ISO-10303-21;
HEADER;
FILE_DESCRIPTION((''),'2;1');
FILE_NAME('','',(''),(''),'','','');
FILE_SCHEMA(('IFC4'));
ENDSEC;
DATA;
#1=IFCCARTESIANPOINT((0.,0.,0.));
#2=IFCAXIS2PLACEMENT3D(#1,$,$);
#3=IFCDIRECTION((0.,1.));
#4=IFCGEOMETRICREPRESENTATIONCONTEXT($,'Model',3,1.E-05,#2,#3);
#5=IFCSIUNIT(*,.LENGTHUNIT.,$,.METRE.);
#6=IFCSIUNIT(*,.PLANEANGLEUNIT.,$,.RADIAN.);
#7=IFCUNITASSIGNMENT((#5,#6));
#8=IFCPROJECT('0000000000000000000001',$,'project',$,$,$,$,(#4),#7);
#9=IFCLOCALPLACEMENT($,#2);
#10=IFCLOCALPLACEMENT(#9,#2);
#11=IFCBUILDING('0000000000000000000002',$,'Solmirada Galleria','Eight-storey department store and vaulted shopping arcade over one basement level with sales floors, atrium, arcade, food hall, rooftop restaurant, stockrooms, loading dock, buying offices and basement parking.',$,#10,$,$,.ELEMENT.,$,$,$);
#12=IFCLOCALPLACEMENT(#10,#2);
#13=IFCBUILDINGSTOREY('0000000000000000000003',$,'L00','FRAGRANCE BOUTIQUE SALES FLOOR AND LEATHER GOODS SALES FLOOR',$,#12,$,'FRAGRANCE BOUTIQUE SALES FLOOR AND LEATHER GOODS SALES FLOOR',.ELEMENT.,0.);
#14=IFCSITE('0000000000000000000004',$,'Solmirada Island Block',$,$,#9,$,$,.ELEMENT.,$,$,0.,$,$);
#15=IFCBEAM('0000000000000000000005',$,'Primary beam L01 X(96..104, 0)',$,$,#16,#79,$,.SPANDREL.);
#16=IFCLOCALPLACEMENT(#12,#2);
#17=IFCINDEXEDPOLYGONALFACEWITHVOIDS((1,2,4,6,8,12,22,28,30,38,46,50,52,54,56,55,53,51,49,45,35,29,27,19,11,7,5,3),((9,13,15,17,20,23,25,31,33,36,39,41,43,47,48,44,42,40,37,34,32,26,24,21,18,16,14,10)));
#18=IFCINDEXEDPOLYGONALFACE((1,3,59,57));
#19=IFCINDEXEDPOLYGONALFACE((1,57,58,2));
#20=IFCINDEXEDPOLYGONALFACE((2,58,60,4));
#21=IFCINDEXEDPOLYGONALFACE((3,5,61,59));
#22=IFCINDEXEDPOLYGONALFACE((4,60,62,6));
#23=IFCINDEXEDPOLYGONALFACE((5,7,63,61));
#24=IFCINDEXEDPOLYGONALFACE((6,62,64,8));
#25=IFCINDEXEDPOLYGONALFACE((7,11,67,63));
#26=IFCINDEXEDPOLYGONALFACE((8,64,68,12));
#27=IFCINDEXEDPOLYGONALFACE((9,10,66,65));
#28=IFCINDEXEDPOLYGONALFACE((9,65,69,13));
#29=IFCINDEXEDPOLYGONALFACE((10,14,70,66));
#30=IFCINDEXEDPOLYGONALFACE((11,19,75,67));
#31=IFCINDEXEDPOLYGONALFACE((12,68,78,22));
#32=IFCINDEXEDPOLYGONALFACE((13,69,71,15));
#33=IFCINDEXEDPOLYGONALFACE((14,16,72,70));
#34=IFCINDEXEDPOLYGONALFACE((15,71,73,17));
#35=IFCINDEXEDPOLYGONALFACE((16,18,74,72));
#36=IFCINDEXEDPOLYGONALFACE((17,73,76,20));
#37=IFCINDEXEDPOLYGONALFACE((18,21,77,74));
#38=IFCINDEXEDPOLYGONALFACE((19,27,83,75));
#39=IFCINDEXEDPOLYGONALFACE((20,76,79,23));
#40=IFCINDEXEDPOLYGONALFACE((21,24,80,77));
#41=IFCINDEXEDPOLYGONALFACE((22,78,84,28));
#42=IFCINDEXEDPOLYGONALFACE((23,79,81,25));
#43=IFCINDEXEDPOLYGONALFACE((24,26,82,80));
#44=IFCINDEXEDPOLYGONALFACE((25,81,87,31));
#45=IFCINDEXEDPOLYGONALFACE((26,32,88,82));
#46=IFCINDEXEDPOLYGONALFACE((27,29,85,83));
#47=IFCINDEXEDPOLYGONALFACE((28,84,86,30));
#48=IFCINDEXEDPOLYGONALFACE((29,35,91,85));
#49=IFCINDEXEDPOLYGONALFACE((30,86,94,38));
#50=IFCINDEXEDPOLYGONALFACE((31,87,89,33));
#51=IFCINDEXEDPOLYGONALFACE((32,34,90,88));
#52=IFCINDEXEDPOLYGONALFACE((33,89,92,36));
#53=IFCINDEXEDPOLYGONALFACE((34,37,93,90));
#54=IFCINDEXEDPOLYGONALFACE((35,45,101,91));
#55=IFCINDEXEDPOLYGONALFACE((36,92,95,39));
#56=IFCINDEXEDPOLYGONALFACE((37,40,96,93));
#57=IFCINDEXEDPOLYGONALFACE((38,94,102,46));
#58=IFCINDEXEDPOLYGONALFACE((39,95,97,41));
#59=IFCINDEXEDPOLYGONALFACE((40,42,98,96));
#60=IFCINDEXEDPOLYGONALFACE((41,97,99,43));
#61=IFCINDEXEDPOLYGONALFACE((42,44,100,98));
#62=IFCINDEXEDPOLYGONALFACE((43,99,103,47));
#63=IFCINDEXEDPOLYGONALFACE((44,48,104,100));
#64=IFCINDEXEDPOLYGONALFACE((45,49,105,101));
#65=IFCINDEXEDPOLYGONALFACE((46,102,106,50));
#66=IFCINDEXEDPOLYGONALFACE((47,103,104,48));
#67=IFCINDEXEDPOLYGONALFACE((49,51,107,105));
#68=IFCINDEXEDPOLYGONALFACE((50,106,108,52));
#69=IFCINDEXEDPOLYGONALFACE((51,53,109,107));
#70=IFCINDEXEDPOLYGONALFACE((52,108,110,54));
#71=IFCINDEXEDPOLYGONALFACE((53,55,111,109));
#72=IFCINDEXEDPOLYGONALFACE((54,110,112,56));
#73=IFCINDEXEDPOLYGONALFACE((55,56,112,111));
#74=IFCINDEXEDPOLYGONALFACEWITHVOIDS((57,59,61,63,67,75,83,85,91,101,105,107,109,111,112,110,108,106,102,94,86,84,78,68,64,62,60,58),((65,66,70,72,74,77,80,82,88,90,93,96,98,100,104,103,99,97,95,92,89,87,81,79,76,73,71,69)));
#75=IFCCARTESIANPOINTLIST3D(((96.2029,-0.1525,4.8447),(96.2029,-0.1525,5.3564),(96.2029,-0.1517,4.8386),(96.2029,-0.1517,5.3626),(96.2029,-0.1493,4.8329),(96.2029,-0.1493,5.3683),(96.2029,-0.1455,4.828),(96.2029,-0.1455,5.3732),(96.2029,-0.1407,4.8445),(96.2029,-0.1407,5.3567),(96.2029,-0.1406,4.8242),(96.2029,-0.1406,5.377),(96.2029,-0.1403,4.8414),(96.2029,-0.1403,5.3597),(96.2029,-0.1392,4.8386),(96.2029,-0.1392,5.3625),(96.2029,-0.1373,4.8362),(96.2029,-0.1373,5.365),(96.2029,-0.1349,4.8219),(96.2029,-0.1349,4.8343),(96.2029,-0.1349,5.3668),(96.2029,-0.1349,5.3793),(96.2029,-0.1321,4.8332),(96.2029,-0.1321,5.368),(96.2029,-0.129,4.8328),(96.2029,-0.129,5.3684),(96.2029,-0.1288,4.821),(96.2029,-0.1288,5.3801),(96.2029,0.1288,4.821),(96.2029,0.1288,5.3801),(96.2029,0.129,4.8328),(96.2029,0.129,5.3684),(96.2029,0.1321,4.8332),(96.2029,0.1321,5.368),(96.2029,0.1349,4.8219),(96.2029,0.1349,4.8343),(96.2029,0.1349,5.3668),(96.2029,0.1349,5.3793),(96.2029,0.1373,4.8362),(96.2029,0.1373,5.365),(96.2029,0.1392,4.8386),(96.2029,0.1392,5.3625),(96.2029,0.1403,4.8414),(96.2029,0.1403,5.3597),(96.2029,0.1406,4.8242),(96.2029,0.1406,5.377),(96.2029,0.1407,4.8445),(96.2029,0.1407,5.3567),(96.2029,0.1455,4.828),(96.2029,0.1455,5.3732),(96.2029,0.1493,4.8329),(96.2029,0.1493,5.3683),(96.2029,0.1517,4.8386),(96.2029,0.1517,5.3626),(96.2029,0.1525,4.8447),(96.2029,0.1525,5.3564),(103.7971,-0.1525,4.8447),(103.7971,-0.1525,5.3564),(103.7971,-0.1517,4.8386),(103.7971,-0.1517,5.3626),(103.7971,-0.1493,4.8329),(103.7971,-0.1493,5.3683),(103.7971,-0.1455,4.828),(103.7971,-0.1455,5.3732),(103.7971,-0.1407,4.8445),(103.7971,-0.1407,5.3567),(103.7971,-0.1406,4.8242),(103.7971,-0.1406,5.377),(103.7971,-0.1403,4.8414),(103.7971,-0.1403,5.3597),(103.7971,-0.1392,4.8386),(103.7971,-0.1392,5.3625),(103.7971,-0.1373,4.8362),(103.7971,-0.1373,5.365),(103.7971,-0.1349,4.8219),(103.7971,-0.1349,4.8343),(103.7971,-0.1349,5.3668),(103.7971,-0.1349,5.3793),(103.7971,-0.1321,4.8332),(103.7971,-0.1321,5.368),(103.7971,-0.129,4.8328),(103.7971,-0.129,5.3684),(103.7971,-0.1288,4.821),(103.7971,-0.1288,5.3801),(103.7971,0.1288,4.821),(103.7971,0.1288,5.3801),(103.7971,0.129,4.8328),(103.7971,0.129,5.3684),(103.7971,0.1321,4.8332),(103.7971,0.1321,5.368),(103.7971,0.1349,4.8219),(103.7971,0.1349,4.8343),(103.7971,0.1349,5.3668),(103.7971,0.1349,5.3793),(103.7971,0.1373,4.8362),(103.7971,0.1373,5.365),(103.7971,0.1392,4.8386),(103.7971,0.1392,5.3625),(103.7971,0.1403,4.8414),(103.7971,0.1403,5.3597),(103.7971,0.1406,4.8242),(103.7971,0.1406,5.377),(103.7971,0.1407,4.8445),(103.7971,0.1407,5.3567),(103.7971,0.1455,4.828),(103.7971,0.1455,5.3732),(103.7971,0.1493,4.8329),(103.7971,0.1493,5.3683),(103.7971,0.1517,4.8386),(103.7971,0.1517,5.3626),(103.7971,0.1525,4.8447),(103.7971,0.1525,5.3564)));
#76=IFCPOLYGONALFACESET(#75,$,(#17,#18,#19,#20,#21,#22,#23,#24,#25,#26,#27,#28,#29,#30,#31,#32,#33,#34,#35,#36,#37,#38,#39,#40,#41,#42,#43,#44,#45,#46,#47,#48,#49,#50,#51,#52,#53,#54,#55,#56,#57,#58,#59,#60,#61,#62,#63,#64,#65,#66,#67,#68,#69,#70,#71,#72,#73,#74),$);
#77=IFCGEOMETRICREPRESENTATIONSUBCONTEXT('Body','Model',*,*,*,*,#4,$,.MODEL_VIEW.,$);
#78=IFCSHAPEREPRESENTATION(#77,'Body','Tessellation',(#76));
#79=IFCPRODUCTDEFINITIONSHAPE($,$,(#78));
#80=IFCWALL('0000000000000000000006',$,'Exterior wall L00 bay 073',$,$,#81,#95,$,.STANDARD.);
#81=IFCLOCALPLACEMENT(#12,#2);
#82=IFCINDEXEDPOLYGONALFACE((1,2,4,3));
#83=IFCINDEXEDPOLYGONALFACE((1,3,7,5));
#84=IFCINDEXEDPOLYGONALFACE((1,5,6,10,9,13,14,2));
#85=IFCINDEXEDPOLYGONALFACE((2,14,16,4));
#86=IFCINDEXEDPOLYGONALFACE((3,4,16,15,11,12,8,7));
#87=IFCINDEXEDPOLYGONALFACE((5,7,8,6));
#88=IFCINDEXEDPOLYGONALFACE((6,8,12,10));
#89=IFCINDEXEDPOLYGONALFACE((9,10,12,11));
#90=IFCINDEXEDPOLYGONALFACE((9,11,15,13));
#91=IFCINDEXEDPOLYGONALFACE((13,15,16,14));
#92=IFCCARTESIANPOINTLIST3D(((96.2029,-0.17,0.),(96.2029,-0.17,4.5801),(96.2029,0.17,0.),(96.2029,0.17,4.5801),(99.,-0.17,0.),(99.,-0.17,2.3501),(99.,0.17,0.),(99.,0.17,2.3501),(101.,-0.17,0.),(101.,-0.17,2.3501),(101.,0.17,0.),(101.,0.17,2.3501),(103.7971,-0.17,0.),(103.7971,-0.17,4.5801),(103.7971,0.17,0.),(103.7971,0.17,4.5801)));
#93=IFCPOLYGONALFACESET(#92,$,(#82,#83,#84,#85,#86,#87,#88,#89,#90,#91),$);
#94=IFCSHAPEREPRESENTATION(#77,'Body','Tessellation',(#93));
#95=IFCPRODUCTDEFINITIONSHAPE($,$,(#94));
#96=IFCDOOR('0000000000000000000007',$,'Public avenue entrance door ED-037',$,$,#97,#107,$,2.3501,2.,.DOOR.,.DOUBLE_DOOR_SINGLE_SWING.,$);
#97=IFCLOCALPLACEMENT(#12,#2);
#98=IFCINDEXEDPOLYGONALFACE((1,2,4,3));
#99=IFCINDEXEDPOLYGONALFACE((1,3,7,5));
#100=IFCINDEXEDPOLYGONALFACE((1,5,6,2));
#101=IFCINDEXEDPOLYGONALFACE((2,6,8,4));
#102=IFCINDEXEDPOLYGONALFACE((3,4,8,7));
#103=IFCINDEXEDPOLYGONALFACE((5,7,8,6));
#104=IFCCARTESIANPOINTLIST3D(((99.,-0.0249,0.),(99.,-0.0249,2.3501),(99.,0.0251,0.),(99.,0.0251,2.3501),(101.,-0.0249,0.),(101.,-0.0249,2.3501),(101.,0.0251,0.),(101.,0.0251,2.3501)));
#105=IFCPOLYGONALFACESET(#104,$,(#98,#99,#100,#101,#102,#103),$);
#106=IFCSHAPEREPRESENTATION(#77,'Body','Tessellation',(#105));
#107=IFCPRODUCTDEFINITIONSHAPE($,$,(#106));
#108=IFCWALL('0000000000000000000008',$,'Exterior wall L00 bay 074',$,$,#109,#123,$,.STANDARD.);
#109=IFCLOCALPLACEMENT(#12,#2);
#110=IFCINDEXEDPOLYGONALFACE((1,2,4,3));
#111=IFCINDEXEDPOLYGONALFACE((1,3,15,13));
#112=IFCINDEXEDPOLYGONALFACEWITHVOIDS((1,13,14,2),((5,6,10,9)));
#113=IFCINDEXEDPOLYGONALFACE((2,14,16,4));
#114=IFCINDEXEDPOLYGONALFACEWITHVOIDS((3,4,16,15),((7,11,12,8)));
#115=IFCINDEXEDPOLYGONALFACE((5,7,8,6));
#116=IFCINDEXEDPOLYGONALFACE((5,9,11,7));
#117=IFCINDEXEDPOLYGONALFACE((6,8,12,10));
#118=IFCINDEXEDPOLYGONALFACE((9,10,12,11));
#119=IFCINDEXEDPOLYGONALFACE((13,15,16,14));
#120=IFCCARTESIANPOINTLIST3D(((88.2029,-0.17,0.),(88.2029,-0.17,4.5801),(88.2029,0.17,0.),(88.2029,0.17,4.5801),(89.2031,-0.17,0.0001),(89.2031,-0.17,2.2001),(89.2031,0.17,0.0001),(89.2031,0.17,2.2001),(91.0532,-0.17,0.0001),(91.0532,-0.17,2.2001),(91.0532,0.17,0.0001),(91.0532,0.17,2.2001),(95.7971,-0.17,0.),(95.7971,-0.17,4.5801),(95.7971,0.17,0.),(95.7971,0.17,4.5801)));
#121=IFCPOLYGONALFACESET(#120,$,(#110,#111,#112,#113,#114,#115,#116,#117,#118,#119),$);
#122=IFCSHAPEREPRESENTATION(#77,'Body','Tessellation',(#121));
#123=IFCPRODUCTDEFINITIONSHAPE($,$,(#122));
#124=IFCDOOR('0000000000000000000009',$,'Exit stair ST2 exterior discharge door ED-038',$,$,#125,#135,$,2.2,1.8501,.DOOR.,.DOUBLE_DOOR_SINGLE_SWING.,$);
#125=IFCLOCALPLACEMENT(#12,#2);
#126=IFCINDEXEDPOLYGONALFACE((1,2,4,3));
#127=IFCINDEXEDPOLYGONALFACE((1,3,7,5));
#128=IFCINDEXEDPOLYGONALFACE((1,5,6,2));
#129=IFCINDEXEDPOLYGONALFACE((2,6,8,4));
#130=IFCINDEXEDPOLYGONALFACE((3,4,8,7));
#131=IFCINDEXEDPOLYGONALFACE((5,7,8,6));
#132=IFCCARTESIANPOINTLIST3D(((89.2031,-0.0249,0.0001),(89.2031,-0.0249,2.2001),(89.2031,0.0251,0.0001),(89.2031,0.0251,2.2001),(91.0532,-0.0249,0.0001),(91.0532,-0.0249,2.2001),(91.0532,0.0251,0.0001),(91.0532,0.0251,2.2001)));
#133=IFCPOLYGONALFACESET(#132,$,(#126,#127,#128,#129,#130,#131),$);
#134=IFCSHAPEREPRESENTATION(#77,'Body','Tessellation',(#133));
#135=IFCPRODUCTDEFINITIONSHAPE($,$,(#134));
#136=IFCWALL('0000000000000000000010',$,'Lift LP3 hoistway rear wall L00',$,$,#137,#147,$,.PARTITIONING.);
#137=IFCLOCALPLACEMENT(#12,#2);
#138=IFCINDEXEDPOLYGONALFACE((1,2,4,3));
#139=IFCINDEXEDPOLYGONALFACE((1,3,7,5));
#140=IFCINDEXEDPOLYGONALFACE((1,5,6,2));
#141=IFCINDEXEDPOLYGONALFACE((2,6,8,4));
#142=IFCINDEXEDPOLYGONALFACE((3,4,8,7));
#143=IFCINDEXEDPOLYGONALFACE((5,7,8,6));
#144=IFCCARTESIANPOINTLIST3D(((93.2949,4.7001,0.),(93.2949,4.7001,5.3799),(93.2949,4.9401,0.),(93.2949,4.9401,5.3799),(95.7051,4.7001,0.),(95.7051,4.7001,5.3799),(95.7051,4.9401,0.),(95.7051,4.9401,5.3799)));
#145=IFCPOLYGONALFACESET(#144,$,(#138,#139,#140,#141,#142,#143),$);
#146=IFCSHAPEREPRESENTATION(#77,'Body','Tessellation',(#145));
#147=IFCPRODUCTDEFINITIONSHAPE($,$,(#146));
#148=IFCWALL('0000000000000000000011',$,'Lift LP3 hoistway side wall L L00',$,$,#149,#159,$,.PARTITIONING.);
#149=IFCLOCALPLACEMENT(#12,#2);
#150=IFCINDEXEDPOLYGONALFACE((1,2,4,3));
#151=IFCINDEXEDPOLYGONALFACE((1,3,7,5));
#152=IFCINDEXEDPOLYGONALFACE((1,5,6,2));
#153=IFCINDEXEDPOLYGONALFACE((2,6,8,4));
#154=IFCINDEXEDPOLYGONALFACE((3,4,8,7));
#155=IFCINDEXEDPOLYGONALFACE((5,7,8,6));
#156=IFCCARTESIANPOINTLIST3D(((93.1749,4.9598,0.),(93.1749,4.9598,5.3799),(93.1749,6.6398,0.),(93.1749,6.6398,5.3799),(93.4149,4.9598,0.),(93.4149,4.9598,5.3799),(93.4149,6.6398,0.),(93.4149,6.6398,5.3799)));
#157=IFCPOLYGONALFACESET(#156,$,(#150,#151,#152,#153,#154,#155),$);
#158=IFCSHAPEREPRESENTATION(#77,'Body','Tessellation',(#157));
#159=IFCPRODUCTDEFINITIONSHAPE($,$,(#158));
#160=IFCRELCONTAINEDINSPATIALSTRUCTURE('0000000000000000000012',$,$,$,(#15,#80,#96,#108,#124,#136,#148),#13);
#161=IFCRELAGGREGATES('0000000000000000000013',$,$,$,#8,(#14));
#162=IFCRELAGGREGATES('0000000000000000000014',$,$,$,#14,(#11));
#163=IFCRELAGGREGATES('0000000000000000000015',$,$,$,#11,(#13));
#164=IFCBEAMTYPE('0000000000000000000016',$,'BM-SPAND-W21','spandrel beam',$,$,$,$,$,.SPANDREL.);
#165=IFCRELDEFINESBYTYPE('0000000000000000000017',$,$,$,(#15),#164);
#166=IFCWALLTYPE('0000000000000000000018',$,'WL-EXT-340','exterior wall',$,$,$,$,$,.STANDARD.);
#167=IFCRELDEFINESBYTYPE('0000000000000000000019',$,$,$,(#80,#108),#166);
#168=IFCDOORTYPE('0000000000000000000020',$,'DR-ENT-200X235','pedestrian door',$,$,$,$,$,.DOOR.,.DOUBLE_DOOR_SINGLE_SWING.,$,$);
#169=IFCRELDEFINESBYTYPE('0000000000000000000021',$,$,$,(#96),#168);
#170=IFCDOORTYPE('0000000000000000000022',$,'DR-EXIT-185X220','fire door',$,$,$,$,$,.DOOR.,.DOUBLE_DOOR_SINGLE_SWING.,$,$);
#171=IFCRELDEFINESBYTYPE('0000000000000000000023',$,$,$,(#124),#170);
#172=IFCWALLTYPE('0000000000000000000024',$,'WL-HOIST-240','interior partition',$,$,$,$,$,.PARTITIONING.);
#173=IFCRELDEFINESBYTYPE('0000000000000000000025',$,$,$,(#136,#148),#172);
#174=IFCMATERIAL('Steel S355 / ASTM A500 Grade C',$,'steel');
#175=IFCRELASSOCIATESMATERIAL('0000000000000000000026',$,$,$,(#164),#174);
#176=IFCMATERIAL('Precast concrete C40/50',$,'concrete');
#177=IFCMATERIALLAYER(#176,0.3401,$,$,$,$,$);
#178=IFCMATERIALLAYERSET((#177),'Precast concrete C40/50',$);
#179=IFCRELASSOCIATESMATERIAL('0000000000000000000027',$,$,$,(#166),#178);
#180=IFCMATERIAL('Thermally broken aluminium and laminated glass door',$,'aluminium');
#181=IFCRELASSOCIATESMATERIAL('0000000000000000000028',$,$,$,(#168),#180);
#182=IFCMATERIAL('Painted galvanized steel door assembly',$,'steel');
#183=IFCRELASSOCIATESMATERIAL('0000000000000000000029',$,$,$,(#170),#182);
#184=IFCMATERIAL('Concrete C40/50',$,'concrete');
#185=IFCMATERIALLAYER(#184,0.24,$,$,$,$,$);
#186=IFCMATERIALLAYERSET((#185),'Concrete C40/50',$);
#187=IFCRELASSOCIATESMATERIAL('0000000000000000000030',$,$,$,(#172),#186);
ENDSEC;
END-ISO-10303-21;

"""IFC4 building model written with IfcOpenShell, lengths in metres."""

from ifc_helpers import new_model, si_unit, direction, frame, frame_2d, origin, origin_2d, place, context, subcontext, project, spatial, rectangle, hollow_rectangle, extrude, material, layer, layer_set, material_profile, profile_set, type_object, element, fill, save


model = new_model("IFC4")

# Units and contexts
model_context = context("Model", 3, precision=1e-05, world=origin(), true_north=direction((0.0, 1.0)))
body_context = subcontext(model_context, "Body", "Model", "MODEL_VIEW")
ifc_project = project(units=[si_unit("LENGTHUNIT", "METRE"), si_unit("PLANEANGLEUNIT", "RADIAN")], contexts=[model_context])

# Site, building, storey
site_placement = place(None, origin())
site = spatial("IfcSite", under=ifc_project, at=site_placement, Name="Solmirada Island Block", CompositionType="ELEMENT", RefElevation=0.0)
building_placement = place(site_placement, origin())
building = spatial("IfcBuilding", under=site, at=building_placement, Name="Solmirada Galleria", Description="Eight-storey department store and vaulted shopping arcade over one basement level with sales floors, atrium, arcade, food hall, rooftop restaurant, stockrooms, loading dock, buying offices and basement parking.", CompositionType="ELEMENT")
storey_placement = place(building_placement, origin())
storey = spatial("IfcBuildingStorey", under=building, at=storey_placement, Name="L00", Description="FRAGRANCE BOUTIQUE SALES FLOOR AND LEATHER GOODS SALES FLOOR", LongName="FRAGRANCE BOUTIQUE SALES FLOOR AND LEATHER GOODS SALES FLOOR", CompositionType="ELEMENT", Elevation=0.0)

# Shared definitions
ifc_material_1 = material(Name="Steel S355 / ASTM A500 Grade C", Category="steel")
ifc_material_2 = material(Name="Concrete C40/50", Category="concrete")

# Beam
ifc_material_profile_1 = material_profile(ifc_material_1, hollow_rectangle(XDim=0.3049, YDim=0.5591, WallThickness=0.0117, InnerFilletRadius=0.0117, OuterFilletRadius=0.0237, at=origin_2d()), Name="HSS22X12X1/2")
ifc_profile_set_1 = profile_set([ifc_material_profile_1], Name="Steel S355 / ASTM A500 Grade C")
beam_type_1 = type_object("IfcBeamType", Name="BM-SPAND-W21", Description="spandrel beam", PredefinedType="SPANDREL", material=ifc_profile_set_1)
beam_1_placement = place(storey_placement, frame((96.2029, 0.0, 5.1006), z_axis=(1.0, 0.0, 0.0), x_axis=(0.0, 1.0, 0.0)))
element("IfcBeam", 1, at=beam_1_placement, inside=storey, type_object=beam_type_1, Name="Primary beam L01 X(96..104, 0)", PredefinedType="SPANDREL", context=body_context, shape_type="SweptSolid", body=[
    extrude(hollow_rectangle(XDim=0.3049, YDim=0.5591, WallThickness=0.0117, InnerFilletRadius=0.0117, OuterFilletRadius=0.0237, at=origin_2d()), origin(), (0.0, 0.0, 1.0), 7.5942),
])

# Walls, openings, doors
ifc_material_3 = material(Name="Precast concrete C40/50", Category="concrete")
ifc_layer_1 = layer(ifc_material_3, 0.3401)
ifc_layer_set_1 = layer_set([ifc_layer_1], Name="Precast concrete C40/50")
wall_type_1 = type_object("IfcWallType", Name="WL-EXT-340", Description="exterior wall", PredefinedType="STANDARD", material=ifc_layer_set_1)
wall_1_placement = place(storey_placement, frame((103.7971, 0.0, 0.0), z_axis=(0.0, 0.0, 1.0), x_axis=(-1.0, 0.0, 0.0)))
wall_1 = element("IfcWall", 2, at=wall_1_placement, inside=storey, type_object=wall_type_1, Name="Exterior wall L00 bay 073", PredefinedType="STANDARD", context=body_context, shape_type="SweptSolid", body=[
    extrude(rectangle(XDim=7.5942, YDim=0.3401, at=frame_2d((3.7971, 0.0))), origin(), (0.0, 0.0, 1.0), 4.5801),
])
opening_1_placement = place(wall_1_placement, frame((2.7971, 0.0, 0.0)))
opening_1 = element("IfcOpeningElement", 3, at=opening_1_placement, cuts=wall_1, PredefinedType="OPENING", context=body_context, shape_type="SweptSolid", body=[
    extrude(rectangle(XDim=2.0, YDim=2.3501, at=frame_2d((1.0, 1.175))), frame((0.0, 0.1799, 0.0), z_axis=(0.0, -1.0, 0.0), x_axis=(1.0, 0.0, 0.0)), (0.0, 0.0, 1.0), 0.3601),
])
ifc_material_4 = material(Name="Thermally broken aluminium and laminated glass door", Category="aluminium")
door_type_1 = type_object("IfcDoorType", Name="DR-ENT-200X235", Description="pedestrian door", OperationType="DOUBLE_DOOR_SINGLE_SWING", PredefinedType="DOOR", material=ifc_material_4)
door_1_placement = place(opening_1_placement, origin())
door_1 = element("IfcDoor", 4, at=door_1_placement, inside=storey, type_object=door_type_1, Name="Public avenue entrance door ED-037", OperationType="DOUBLE_DOOR_SINGLE_SWING", OverallHeight=2.3501, OverallWidth=2.0, PredefinedType="DOOR", context=body_context, shape_type="SweptSolid", body=[
    extrude(rectangle(XDim=2.0, YDim=2.3501, at=frame_2d((1.0, 1.175))), frame((0.0, 0.0249, 0.0), z_axis=(0.0, -1.0, 0.0), x_axis=(1.0, 0.0, 0.0)), (0.0, 0.0, 1.0), 0.05),
])
fill(opening_1, door_1)
wall_2_placement = place(storey_placement, frame((95.7971, 0.0, 0.0), z_axis=(0.0, 0.0, 1.0), x_axis=(-1.0, 0.0, 0.0)))
wall_2 = element("IfcWall", 5, at=wall_2_placement, inside=storey, type_object=wall_type_1, Name="Exterior wall L00 bay 074", PredefinedType="STANDARD", context=body_context, shape_type="SweptSolid", body=[
    extrude(rectangle(XDim=7.5942, YDim=0.3401, at=frame_2d((3.7971, 0.0))), origin(), (0.0, 0.0, 1.0), 4.5801),
])
opening_2_placement = place(wall_2_placement, frame((4.7439, 0.0, 0.0)))
opening_2 = element("IfcOpeningElement", 6, at=opening_2_placement, cuts=wall_2, PredefinedType="OPENING", context=body_context, shape_type="SweptSolid", body=[
    extrude(rectangle(XDim=1.8501, YDim=2.2, at=frame_2d((0.925, 1.1001))), frame((0.0, 0.1799, 0.0), z_axis=(0.0, -1.0, 0.0), x_axis=(1.0, 0.0, 0.0)), (0.0, 0.0, 1.0), 0.3601),
])
ifc_material_5 = material(Name="Painted galvanized steel door assembly", Category="steel")
door_type_2 = type_object("IfcDoorType", Name="DR-EXIT-185X220", Description="fire door", OperationType="DOUBLE_DOOR_SINGLE_SWING", PredefinedType="DOOR", material=ifc_material_5)
door_2_placement = place(opening_2_placement, origin())
door_2 = element("IfcDoor", 7, at=door_2_placement, inside=storey, type_object=door_type_2, Name="Exit stair ST2 exterior discharge door ED-038", OperationType="DOUBLE_DOOR_SINGLE_SWING", OverallHeight=2.2, OverallWidth=1.8501, PredefinedType="DOOR", context=body_context, shape_type="SweptSolid", body=[
    extrude(rectangle(XDim=1.8501, YDim=2.2, at=frame_2d((0.925, 1.1001))), frame((0.0, 0.0249, 0.0), z_axis=(0.0, -1.0, 0.0), x_axis=(1.0, 0.0, 0.0)), (0.0, 0.0, 1.0), 0.05),
])
fill(opening_2, door_2)
ifc_layer_2 = layer(ifc_material_2, 0.24)
ifc_layer_set_2 = layer_set([ifc_layer_2], Name="Concrete C40/50")
wall_type_2 = type_object("IfcWallType", Name="WL-HOIST-240", Description="interior partition", PredefinedType="PARTITIONING", material=ifc_layer_set_2)

# Walls
wall_3_placement = place(storey_placement, frame((93.2949, 4.8201, 0.0), z_axis=(0.0, 0.0, 1.0), x_axis=(1.0, 0.0, 0.0)))
element("IfcWall", 8, at=wall_3_placement, inside=storey, type_object=wall_type_2, Name="Lift LP3 hoistway rear wall L00", PredefinedType="PARTITIONING", context=body_context, shape_type="SweptSolid", body=[
    extrude(rectangle(XDim=2.4102, YDim=0.24, at=frame_2d((1.2051, 0.0))), origin(), (0.0, 0.0, 1.0), 5.3799),
])
wall_4_placement = place(storey_placement, frame((93.2949, 4.96, 0.0), z_axis=(0.0, 0.0, 1.0), x_axis=(0.0, 1.0, 0.0)))
element("IfcWall", 9, at=wall_4_placement, inside=storey, type_object=wall_type_2, Name="Lift LP3 hoistway side wall L L00", PredefinedType="PARTITIONING", context=body_context, shape_type="SweptSolid", body=[
    extrude(rectangle(XDim=1.6799, YDim=0.24, at=frame_2d((0.8398, 0.0))), origin(), (0.0, 0.0, 1.0), 5.3799),
])

save(model, "model.ifc")
